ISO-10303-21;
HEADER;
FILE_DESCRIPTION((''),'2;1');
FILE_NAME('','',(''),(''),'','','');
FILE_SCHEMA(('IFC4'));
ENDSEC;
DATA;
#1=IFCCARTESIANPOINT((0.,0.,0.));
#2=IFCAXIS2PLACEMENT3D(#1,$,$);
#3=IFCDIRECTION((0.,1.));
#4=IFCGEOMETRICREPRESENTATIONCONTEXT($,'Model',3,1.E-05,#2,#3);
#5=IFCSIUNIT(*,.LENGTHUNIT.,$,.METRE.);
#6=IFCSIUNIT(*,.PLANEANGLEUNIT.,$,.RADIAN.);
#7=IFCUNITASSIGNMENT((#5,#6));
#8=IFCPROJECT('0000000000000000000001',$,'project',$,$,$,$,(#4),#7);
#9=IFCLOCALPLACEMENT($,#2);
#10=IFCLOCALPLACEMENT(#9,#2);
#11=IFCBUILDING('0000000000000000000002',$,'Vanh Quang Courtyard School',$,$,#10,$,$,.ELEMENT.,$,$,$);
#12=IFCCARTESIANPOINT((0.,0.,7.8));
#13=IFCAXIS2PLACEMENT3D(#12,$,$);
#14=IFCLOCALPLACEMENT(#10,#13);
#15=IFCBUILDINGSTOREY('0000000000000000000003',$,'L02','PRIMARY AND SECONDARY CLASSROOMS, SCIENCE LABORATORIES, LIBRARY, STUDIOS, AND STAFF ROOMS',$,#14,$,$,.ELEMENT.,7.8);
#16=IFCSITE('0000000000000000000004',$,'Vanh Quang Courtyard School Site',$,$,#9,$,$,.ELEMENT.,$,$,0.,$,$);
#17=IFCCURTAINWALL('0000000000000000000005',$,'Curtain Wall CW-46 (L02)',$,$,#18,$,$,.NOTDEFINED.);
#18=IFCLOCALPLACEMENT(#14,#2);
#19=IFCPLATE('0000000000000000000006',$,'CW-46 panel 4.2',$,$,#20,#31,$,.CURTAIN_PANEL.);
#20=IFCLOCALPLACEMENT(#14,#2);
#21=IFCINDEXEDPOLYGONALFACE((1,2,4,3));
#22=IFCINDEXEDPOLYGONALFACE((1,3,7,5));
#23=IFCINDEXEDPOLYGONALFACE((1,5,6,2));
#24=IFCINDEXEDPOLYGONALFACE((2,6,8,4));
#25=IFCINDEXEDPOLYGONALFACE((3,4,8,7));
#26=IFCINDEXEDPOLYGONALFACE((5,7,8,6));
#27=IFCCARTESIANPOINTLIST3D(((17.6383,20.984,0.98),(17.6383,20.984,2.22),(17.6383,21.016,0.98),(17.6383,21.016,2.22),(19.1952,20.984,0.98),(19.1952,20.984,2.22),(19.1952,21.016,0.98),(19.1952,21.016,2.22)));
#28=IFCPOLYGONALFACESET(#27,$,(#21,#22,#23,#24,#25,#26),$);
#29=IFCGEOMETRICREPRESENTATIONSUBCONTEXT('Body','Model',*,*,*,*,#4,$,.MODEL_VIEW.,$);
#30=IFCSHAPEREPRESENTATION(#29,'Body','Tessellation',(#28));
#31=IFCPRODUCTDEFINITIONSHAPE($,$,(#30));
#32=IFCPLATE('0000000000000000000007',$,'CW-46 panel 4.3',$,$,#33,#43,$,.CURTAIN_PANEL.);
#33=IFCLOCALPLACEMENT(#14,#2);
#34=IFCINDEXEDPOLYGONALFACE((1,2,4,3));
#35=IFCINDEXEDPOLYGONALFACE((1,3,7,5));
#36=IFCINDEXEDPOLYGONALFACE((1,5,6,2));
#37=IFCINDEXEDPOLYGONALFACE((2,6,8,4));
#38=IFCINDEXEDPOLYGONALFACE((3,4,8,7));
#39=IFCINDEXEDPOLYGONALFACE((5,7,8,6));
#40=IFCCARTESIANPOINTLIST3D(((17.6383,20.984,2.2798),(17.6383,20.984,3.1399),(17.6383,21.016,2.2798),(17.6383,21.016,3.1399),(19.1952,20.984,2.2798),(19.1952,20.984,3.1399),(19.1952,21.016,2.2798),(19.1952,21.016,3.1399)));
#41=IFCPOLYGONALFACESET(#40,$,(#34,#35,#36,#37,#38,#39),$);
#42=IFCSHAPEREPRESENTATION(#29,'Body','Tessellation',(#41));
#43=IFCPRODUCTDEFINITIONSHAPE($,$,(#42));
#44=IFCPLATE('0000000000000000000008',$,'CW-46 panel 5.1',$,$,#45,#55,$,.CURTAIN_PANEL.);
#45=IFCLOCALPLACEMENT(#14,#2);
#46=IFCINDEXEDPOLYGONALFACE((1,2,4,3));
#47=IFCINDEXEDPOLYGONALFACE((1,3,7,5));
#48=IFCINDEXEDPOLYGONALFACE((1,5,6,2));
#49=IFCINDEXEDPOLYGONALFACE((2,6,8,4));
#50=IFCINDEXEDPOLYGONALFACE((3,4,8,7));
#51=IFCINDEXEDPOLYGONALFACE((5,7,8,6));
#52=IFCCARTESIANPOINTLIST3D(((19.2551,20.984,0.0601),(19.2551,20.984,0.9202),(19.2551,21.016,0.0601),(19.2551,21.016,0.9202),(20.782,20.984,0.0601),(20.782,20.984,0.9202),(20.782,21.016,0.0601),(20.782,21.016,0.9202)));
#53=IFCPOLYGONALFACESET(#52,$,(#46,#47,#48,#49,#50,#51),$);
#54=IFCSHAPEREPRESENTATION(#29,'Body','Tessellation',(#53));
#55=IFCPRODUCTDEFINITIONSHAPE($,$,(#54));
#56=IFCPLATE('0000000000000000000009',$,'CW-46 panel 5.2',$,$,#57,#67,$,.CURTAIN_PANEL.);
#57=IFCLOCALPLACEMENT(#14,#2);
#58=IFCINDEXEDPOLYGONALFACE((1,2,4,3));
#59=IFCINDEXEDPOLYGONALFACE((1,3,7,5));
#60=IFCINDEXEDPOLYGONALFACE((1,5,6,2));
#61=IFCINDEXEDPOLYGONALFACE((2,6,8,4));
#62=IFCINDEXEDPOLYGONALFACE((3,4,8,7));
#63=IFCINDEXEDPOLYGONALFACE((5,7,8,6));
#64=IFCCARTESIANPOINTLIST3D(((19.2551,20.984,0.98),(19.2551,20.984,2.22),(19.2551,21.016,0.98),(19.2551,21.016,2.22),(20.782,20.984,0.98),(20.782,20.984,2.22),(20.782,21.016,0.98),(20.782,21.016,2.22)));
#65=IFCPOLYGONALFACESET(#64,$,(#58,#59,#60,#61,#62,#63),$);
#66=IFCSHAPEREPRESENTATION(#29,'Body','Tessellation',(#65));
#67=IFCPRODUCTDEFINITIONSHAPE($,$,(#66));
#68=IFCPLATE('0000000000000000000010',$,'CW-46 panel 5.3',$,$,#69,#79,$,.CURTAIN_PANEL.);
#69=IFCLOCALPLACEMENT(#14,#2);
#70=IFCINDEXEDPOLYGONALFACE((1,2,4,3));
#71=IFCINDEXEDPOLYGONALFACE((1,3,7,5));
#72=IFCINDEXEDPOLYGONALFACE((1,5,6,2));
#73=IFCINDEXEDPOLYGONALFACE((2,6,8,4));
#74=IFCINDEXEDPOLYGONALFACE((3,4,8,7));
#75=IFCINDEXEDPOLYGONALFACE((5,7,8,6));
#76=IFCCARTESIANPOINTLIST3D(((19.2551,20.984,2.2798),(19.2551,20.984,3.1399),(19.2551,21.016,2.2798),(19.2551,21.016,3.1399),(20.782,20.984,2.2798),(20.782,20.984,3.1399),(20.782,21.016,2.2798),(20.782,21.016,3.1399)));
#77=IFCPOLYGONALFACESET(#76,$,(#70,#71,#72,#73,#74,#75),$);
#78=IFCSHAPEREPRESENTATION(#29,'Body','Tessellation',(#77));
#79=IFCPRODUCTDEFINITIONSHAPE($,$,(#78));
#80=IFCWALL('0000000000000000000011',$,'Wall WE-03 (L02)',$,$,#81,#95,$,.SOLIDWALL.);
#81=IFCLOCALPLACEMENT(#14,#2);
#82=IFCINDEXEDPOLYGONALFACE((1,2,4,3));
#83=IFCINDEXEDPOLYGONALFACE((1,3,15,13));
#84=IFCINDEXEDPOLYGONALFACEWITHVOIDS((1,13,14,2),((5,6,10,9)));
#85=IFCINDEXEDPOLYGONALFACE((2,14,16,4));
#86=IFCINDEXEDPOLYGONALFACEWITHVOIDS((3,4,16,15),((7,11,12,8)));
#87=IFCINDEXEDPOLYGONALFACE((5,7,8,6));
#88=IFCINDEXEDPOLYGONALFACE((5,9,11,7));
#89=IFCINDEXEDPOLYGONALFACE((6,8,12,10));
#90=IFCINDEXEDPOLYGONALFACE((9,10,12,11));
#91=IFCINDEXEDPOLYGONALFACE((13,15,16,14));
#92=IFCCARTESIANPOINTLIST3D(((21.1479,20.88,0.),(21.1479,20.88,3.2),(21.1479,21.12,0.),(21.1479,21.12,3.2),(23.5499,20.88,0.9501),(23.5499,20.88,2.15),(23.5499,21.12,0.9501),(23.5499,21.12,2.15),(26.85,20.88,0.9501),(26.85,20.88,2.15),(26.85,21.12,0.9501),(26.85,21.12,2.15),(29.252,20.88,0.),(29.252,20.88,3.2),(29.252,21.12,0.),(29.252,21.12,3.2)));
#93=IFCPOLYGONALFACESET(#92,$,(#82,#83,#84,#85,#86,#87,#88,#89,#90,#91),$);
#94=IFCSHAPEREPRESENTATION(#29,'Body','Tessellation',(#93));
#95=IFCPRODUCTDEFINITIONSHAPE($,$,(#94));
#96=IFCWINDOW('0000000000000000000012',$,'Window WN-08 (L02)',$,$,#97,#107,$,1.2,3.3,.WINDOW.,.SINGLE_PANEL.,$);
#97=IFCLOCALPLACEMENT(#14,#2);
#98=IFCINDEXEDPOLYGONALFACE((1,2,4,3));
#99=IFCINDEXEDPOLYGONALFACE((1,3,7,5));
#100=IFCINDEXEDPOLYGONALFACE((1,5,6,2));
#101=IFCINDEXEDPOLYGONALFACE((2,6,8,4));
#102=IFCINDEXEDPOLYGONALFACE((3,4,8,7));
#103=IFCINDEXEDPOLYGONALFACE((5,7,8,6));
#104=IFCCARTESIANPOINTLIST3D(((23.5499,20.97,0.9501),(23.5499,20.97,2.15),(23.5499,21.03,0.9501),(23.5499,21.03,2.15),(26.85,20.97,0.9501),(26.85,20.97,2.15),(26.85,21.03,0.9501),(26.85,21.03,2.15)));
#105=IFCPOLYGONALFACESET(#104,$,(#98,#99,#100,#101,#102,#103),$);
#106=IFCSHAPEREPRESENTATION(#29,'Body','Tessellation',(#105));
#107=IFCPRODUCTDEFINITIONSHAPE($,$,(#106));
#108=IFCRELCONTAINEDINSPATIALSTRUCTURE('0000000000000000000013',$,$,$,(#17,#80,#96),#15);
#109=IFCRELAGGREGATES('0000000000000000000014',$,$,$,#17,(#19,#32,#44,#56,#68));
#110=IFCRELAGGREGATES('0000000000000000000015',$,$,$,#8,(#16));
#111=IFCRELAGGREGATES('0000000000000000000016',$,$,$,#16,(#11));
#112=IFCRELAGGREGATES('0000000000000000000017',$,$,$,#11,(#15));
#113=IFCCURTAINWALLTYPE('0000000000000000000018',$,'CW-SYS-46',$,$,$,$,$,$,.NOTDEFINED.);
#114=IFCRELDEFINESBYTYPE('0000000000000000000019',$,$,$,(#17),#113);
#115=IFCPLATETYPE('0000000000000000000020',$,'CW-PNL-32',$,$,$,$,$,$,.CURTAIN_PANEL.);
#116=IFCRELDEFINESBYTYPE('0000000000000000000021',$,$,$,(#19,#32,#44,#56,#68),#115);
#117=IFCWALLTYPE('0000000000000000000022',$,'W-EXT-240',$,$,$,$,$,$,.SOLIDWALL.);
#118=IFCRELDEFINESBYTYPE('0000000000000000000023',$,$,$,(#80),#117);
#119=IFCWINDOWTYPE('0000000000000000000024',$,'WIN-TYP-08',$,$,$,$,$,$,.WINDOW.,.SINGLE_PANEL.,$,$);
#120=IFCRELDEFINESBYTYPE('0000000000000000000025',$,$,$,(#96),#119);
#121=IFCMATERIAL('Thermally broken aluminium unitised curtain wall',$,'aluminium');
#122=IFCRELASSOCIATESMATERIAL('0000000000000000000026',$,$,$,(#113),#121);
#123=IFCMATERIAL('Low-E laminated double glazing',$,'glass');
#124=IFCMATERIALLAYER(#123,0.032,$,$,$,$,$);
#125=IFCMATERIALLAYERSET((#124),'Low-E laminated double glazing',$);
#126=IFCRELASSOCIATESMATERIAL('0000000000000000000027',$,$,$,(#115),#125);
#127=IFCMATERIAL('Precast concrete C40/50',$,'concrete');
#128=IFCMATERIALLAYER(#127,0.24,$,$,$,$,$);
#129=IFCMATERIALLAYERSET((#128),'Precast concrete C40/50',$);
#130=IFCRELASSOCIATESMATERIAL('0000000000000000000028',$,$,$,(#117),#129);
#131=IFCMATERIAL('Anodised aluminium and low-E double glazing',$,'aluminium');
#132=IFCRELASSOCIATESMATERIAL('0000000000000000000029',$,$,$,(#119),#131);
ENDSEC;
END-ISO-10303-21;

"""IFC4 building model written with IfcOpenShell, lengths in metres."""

from ifc_helpers import new_model, si_unit, direction, frame, frame_2d, origin, origin_2d, place, context, subcontext, project, spatial, rectangle, extrude, material, layer, layer_set, type_object, element, fill, aggregate, save


model = new_model("IFC4")

# Units and contexts
model_context = context("Model", 3, precision=1e-05, world=origin(), true_north=direction((0.0, 1.0)))
body_context = subcontext(model_context, "Body", "Model", "MODEL_VIEW")
ifc_project = project(units=[si_unit("LENGTHUNIT", "METRE"), si_unit("PLANEANGLEUNIT", "RADIAN")], contexts=[model_context])

# Site, building, storey
site_placement = place(None, origin())
site = spatial("IfcSite", under=ifc_project, at=site_placement, Name="Vanh Quang Courtyard School Site", CompositionType="ELEMENT", RefElevation=0.0)
building_placement = place(site_placement, origin())
building = spatial("IfcBuilding", under=site, at=building_placement, Name="Vanh Quang Courtyard School", CompositionType="ELEMENT")
storey_placement = place(building_placement, frame((0.0, 0.0, 7.8)))
storey = spatial("IfcBuildingStorey", under=building, at=storey_placement, Name="L02", Description="PRIMARY AND SECONDARY CLASSROOMS, SCIENCE LABORATORIES, LIBRARY, STUDIOS, AND STAFF ROOMS", CompositionType="ELEMENT", Elevation=7.8)

# Curtain wall, plates
ifc_material_1 = material(Name="Thermally broken aluminium unitised curtain wall", Category="aluminium")
curtain_wall_type = type_object("IfcCurtainWallType", Name="CW-SYS-46", PredefinedType="NOTDEFINED", material=ifc_material_1)
curtain_wall_placement = place(storey_placement, origin())
curtain_wall = element("IfcCurtainWall", 1, at=curtain_wall_placement, inside=storey, type_object=curtain_wall_type, Name="Curtain Wall CW-46 (L02)", PredefinedType="NOTDEFINED")
ifc_material_2 = material(Name="Low-E laminated double glazing", Category="glass")
ifc_layer_1 = layer(ifc_material_2, 0.032)
ifc_layer_set_1 = layer_set([ifc_layer_1], Name="Low-E laminated double glazing")
plate_type = type_object("IfcPlateType", Name="CW-PNL-32", PredefinedType="CURTAIN_PANEL", material=ifc_layer_set_1)
plate_1_placement = place(storey_placement, frame((18.4167, 21.0, 0.98), z_axis=(0.0, 0.0, 1.0), x_axis=(1.0, 0.0, 0.0)))
plate_1 = element("IfcPlate", 2, at=plate_1_placement, type_object=plate_type, Name="CW-46 panel 4.2", PredefinedType="CURTAIN_PANEL", context=body_context, shape_type="SweptSolid", body=[
    extrude(rectangle(XDim=1.5569, YDim=0.032, at=origin_2d()), origin(), (0.0, 0.0, 1.0), 1.24),
])
plate_2_placement = place(storey_placement, frame((18.4167, 21.0, 2.2798), z_axis=(0.0, 0.0, 1.0), x_axis=(1.0, 0.0, 0.0)))
plate_2 = element("IfcPlate", 3, at=plate_2_placement, type_object=plate_type, Name="CW-46 panel 4.3", PredefinedType="CURTAIN_PANEL", context=body_context, shape_type="SweptSolid", body=[
    extrude(rectangle(XDim=1.5569, YDim=0.032, at=origin_2d()), origin(), (0.0, 0.0, 1.0), 0.8601),
])
plate_3_placement = place(storey_placement, frame((20.0186, 21.0, 0.0601), z_axis=(0.0, 0.0, 1.0), x_axis=(1.0, 0.0, 0.0)))
plate_3 = element("IfcPlate", 4, at=plate_3_placement, type_object=plate_type, Name="CW-46 panel 5.1", PredefinedType="CURTAIN_PANEL", context=body_context, shape_type="SweptSolid", body=[
    extrude(rectangle(XDim=1.5269, YDim=0.032, at=origin_2d()), origin(), (0.0, 0.0, 1.0), 0.8601),
])
plate_4_placement = place(storey_placement, frame((20.0186, 21.0, 0.98), z_axis=(0.0, 0.0, 1.0), x_axis=(1.0, 0.0, 0.0)))
plate_4 = element("IfcPlate", 5, at=plate_4_placement, type_object=plate_type, Name="CW-46 panel 5.2", PredefinedType="CURTAIN_PANEL", context=body_context, shape_type="SweptSolid", body=[
    extrude(rectangle(XDim=1.5269, YDim=0.032, at=origin_2d()), origin(), (0.0, 0.0, 1.0), 1.24),
])
plate_5_placement = place(storey_placement, frame((20.0186, 21.0, 2.2798), z_axis=(0.0, 0.0, 1.0), x_axis=(1.0, 0.0, 0.0)))
plate_5 = element("IfcPlate", 6, at=plate_5_placement, type_object=plate_type, Name="CW-46 panel 5.3", PredefinedType="CURTAIN_PANEL", context=body_context, shape_type="SweptSolid", body=[
    extrude(rectangle(XDim=1.5269, YDim=0.032, at=origin_2d()), origin(), (0.0, 0.0, 1.0), 0.8601),
])
aggregate(curtain_wall, [plate_1, plate_2, plate_3, plate_4, plate_5])

# Wall, opening, window
ifc_material_3 = material(Name="Precast concrete C40/50", Category="concrete")
ifc_layer_2 = layer(ifc_material_3, 0.24)
ifc_layer_set_2 = layer_set([ifc_layer_2], Name="Precast concrete C40/50")
wall_type = type_object("IfcWallType", Name="W-EXT-240", PredefinedType="SOLIDWALL", material=ifc_layer_set_2)
wall_placement = place(storey_placement, frame((21.1479, 21.0, 0.0), z_axis=(0.0, 0.0, 1.0), x_axis=(1.0, 0.0, 0.0)))
wall = element("IfcWall", 7, at=wall_placement, inside=storey, type_object=wall_type, Name="Wall WE-03 (L02)", PredefinedType="SOLIDWALL", context=body_context, shape_type="SweptSolid", body=[
    extrude(rectangle(XDim=8.104, YDim=0.24, at=frame_2d((4.052, 0.0))), origin(), (0.0, 0.0, 1.0), 3.2),
])
opening_placement = place(wall_placement, frame((2.4021, 0.0, 0.95)))
opening = element("IfcOpeningElement", 8, at=opening_placement, cuts=wall, PredefinedType="OPENING", context=body_context, shape_type="SweptSolid", body=[
    extrude(rectangle(XDim=3.3, YDim=1.2, at=frame_2d((1.6499, 0.6001))), frame((0.0, 0.1299, 0.0), z_axis=(0.0, -1.0, 0.0), x_axis=(1.0, 0.0, 0.0)), (0.0, 0.0, 1.0), 0.26),
])
ifc_material_4 = material(Name="Anodised aluminium and low-E double glazing", Category="aluminium")
window_type = type_object("IfcWindowType", Name="WIN-TYP-08", PartitioningType="SINGLE_PANEL", PredefinedType="WINDOW", material=ifc_material_4)
window_placement = place(opening_placement, origin())
window = element("IfcWindow", 9, at=window_placement, inside=storey, type_object=window_type, Name="Window WN-08 (L02)", OverallHeight=1.2, OverallWidth=3.3, PartitioningType="SINGLE_PANEL", PredefinedType="WINDOW", context=body_context, shape_type="SweptSolid", body=[
    extrude(rectangle(XDim=3.3, YDim=1.2, at=frame_2d((1.6499, 0.6001))), frame((0.0, 0.03, 0.0), z_axis=(0.0, -1.0, 0.0), x_axis=(1.0, 0.0, 0.0)), (0.0, 0.0, 1.0), 0.0601),
])
fill(opening, window)

save(model, "model.ifc")
